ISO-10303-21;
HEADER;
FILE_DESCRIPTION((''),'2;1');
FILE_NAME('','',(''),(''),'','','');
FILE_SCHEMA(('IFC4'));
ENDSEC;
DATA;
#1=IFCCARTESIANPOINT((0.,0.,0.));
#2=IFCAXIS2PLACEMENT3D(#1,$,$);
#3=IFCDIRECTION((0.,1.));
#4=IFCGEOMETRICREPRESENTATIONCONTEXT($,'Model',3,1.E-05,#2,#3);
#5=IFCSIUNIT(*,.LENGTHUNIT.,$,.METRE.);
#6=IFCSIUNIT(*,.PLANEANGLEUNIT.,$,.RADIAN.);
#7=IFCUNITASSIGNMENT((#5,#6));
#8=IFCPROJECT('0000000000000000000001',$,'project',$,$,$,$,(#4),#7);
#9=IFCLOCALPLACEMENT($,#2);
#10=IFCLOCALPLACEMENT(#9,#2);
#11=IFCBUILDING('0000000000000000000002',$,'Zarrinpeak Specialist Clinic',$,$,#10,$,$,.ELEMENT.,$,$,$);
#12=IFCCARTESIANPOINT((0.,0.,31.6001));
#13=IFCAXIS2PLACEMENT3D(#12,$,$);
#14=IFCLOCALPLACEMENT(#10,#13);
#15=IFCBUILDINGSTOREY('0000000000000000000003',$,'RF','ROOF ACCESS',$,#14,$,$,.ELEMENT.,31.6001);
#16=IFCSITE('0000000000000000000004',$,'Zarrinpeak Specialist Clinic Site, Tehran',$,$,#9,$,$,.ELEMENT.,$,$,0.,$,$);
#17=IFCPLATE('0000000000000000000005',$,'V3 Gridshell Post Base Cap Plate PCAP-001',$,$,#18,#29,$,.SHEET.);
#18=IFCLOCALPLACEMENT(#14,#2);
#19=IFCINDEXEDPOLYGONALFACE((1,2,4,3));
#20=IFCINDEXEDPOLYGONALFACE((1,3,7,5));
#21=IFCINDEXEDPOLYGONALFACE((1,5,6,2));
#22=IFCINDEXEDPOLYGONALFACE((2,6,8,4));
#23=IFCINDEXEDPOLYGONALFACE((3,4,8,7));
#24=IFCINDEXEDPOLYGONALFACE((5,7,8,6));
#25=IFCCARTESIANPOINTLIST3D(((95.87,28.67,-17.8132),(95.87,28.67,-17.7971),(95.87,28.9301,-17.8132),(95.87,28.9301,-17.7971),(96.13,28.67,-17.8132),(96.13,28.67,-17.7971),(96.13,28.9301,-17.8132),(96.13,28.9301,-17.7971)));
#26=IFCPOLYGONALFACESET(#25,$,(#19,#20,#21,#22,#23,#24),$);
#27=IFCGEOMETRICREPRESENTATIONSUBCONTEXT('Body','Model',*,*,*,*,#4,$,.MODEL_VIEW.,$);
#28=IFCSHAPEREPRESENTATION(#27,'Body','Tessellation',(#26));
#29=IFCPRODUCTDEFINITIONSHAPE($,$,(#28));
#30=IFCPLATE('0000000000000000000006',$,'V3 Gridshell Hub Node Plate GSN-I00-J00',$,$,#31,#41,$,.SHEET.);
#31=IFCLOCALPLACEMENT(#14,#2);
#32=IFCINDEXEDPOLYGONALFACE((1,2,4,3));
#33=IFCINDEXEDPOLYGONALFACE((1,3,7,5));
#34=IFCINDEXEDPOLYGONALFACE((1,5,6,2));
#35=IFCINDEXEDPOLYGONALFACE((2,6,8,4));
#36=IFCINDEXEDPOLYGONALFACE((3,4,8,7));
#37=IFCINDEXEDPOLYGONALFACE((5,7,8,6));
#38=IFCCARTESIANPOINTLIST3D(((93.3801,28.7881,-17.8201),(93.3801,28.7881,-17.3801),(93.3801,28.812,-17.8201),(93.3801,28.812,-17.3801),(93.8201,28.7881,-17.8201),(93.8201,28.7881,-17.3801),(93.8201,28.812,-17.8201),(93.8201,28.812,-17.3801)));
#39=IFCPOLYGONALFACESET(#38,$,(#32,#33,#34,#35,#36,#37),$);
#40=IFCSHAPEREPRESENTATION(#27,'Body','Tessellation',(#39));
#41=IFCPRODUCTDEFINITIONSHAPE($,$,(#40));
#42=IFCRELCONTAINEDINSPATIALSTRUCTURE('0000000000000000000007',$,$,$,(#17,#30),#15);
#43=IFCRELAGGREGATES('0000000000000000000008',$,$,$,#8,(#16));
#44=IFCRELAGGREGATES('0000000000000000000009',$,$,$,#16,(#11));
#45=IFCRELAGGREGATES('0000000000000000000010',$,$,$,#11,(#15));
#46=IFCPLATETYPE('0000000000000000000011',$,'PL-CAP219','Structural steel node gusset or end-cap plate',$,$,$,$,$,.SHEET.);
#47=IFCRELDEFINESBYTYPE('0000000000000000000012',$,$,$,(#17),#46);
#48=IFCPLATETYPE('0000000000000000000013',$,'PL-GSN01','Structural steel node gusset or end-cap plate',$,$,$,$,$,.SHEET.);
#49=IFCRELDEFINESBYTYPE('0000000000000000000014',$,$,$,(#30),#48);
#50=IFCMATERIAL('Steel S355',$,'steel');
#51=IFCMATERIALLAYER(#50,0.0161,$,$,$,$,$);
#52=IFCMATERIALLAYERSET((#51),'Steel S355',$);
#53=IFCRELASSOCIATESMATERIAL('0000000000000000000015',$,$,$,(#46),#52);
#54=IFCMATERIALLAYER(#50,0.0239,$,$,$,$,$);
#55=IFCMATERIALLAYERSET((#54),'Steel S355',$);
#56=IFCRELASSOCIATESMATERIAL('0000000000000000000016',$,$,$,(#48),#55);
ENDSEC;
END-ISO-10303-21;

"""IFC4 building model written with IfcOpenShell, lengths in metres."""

from ifc_helpers import new_model, si_unit, direction, frame, origin, origin_2d, place, context, subcontext, project, spatial, rectangle, extrude, material, layer, layer_set, type_object, element, save


model = new_model("IFC4")

# Units and contexts
model_context = context("Model", 3, precision=1e-05, world=origin(), true_north=direction((0.0, 1.0)))
body_context = subcontext(model_context, "Body", "Model", "MODEL_VIEW")
ifc_project = project(units=[si_unit("LENGTHUNIT", "METRE"), si_unit("PLANEANGLEUNIT", "RADIAN")], contexts=[model_context])

# Site, building, storey
site_placement = place(None, origin())
site = spatial("IfcSite", under=ifc_project, at=site_placement, Name="Zarrinpeak Specialist Clinic Site, Tehran", CompositionType="ELEMENT", RefElevation=0.0)
building_placement = place(site_placement, origin())
building = spatial("IfcBuilding", under=site, at=building_placement, Name="Zarrinpeak Specialist Clinic", CompositionType="ELEMENT")
storey_placement = place(building_placement, frame((0.0, 0.0, 31.6001)))
storey = spatial("IfcBuildingStorey", under=building, at=storey_placement, Name="RF", Description="ROOF ACCESS", CompositionType="ELEMENT", Elevation=31.6001)

# Shared definitions
ifc_material_1 = material(Name="Steel S355", Category="steel")

# Plates
ifc_layer_1 = layer(ifc_material_1, 0.0161)
ifc_layer_set_1 = layer_set([ifc_layer_1], Name="Steel S355")
plate_type_1 = type_object("IfcPlateType", Name="PL-CAP219", Description="Structural steel node gusset or end-cap plate", PredefinedType="SHEET", material=ifc_layer_set_1)
plate_1_placement = place(storey_placement, frame((96.0, 28.8, -17.8132), z_axis=(0.0, 0.0, 1.0), x_axis=(1.0, 0.0, 0.0)))
element("IfcPlate", 1, at=plate_1_placement, inside=storey, type_object=plate_type_1, Name="V3 Gridshell Post Base Cap Plate PCAP-001", PredefinedType="SHEET", context=body_context, shape_type="SweptSolid", body=[
    extrude(rectangle(XDim=0.26, YDim=0.26, at=origin_2d()), origin(), (0.0, 0.0, 1.0), 0.0161),
])
ifc_layer_2 = layer(ifc_material_1, 0.0239)
ifc_layer_set_2 = layer_set([ifc_layer_2], Name="Steel S355")
plate_type_2 = type_object("IfcPlateType", Name="PL-GSN01", Description="Structural steel node gusset or end-cap plate", PredefinedType="SHEET", material=ifc_layer_set_2)
plate_2_placement = place(storey_placement, frame((93.6001, 28.8, -17.8201), z_axis=(0.0, 0.0, 1.0), x_axis=(1.0, 0.0, 0.0)))
element("IfcPlate", 2, at=plate_2_placement, inside=storey, type_object=plate_type_2, Name="V3 Gridshell Hub Node Plate GSN-I00-J00", PredefinedType="SHEET", context=body_context, shape_type="SweptSolid", body=[
    extrude(rectangle(XDim=0.4399, YDim=0.0239, at=origin_2d()), origin(), (0.0, 0.0, 1.0), 0.4399),
])

save(model, "model.ifc")
